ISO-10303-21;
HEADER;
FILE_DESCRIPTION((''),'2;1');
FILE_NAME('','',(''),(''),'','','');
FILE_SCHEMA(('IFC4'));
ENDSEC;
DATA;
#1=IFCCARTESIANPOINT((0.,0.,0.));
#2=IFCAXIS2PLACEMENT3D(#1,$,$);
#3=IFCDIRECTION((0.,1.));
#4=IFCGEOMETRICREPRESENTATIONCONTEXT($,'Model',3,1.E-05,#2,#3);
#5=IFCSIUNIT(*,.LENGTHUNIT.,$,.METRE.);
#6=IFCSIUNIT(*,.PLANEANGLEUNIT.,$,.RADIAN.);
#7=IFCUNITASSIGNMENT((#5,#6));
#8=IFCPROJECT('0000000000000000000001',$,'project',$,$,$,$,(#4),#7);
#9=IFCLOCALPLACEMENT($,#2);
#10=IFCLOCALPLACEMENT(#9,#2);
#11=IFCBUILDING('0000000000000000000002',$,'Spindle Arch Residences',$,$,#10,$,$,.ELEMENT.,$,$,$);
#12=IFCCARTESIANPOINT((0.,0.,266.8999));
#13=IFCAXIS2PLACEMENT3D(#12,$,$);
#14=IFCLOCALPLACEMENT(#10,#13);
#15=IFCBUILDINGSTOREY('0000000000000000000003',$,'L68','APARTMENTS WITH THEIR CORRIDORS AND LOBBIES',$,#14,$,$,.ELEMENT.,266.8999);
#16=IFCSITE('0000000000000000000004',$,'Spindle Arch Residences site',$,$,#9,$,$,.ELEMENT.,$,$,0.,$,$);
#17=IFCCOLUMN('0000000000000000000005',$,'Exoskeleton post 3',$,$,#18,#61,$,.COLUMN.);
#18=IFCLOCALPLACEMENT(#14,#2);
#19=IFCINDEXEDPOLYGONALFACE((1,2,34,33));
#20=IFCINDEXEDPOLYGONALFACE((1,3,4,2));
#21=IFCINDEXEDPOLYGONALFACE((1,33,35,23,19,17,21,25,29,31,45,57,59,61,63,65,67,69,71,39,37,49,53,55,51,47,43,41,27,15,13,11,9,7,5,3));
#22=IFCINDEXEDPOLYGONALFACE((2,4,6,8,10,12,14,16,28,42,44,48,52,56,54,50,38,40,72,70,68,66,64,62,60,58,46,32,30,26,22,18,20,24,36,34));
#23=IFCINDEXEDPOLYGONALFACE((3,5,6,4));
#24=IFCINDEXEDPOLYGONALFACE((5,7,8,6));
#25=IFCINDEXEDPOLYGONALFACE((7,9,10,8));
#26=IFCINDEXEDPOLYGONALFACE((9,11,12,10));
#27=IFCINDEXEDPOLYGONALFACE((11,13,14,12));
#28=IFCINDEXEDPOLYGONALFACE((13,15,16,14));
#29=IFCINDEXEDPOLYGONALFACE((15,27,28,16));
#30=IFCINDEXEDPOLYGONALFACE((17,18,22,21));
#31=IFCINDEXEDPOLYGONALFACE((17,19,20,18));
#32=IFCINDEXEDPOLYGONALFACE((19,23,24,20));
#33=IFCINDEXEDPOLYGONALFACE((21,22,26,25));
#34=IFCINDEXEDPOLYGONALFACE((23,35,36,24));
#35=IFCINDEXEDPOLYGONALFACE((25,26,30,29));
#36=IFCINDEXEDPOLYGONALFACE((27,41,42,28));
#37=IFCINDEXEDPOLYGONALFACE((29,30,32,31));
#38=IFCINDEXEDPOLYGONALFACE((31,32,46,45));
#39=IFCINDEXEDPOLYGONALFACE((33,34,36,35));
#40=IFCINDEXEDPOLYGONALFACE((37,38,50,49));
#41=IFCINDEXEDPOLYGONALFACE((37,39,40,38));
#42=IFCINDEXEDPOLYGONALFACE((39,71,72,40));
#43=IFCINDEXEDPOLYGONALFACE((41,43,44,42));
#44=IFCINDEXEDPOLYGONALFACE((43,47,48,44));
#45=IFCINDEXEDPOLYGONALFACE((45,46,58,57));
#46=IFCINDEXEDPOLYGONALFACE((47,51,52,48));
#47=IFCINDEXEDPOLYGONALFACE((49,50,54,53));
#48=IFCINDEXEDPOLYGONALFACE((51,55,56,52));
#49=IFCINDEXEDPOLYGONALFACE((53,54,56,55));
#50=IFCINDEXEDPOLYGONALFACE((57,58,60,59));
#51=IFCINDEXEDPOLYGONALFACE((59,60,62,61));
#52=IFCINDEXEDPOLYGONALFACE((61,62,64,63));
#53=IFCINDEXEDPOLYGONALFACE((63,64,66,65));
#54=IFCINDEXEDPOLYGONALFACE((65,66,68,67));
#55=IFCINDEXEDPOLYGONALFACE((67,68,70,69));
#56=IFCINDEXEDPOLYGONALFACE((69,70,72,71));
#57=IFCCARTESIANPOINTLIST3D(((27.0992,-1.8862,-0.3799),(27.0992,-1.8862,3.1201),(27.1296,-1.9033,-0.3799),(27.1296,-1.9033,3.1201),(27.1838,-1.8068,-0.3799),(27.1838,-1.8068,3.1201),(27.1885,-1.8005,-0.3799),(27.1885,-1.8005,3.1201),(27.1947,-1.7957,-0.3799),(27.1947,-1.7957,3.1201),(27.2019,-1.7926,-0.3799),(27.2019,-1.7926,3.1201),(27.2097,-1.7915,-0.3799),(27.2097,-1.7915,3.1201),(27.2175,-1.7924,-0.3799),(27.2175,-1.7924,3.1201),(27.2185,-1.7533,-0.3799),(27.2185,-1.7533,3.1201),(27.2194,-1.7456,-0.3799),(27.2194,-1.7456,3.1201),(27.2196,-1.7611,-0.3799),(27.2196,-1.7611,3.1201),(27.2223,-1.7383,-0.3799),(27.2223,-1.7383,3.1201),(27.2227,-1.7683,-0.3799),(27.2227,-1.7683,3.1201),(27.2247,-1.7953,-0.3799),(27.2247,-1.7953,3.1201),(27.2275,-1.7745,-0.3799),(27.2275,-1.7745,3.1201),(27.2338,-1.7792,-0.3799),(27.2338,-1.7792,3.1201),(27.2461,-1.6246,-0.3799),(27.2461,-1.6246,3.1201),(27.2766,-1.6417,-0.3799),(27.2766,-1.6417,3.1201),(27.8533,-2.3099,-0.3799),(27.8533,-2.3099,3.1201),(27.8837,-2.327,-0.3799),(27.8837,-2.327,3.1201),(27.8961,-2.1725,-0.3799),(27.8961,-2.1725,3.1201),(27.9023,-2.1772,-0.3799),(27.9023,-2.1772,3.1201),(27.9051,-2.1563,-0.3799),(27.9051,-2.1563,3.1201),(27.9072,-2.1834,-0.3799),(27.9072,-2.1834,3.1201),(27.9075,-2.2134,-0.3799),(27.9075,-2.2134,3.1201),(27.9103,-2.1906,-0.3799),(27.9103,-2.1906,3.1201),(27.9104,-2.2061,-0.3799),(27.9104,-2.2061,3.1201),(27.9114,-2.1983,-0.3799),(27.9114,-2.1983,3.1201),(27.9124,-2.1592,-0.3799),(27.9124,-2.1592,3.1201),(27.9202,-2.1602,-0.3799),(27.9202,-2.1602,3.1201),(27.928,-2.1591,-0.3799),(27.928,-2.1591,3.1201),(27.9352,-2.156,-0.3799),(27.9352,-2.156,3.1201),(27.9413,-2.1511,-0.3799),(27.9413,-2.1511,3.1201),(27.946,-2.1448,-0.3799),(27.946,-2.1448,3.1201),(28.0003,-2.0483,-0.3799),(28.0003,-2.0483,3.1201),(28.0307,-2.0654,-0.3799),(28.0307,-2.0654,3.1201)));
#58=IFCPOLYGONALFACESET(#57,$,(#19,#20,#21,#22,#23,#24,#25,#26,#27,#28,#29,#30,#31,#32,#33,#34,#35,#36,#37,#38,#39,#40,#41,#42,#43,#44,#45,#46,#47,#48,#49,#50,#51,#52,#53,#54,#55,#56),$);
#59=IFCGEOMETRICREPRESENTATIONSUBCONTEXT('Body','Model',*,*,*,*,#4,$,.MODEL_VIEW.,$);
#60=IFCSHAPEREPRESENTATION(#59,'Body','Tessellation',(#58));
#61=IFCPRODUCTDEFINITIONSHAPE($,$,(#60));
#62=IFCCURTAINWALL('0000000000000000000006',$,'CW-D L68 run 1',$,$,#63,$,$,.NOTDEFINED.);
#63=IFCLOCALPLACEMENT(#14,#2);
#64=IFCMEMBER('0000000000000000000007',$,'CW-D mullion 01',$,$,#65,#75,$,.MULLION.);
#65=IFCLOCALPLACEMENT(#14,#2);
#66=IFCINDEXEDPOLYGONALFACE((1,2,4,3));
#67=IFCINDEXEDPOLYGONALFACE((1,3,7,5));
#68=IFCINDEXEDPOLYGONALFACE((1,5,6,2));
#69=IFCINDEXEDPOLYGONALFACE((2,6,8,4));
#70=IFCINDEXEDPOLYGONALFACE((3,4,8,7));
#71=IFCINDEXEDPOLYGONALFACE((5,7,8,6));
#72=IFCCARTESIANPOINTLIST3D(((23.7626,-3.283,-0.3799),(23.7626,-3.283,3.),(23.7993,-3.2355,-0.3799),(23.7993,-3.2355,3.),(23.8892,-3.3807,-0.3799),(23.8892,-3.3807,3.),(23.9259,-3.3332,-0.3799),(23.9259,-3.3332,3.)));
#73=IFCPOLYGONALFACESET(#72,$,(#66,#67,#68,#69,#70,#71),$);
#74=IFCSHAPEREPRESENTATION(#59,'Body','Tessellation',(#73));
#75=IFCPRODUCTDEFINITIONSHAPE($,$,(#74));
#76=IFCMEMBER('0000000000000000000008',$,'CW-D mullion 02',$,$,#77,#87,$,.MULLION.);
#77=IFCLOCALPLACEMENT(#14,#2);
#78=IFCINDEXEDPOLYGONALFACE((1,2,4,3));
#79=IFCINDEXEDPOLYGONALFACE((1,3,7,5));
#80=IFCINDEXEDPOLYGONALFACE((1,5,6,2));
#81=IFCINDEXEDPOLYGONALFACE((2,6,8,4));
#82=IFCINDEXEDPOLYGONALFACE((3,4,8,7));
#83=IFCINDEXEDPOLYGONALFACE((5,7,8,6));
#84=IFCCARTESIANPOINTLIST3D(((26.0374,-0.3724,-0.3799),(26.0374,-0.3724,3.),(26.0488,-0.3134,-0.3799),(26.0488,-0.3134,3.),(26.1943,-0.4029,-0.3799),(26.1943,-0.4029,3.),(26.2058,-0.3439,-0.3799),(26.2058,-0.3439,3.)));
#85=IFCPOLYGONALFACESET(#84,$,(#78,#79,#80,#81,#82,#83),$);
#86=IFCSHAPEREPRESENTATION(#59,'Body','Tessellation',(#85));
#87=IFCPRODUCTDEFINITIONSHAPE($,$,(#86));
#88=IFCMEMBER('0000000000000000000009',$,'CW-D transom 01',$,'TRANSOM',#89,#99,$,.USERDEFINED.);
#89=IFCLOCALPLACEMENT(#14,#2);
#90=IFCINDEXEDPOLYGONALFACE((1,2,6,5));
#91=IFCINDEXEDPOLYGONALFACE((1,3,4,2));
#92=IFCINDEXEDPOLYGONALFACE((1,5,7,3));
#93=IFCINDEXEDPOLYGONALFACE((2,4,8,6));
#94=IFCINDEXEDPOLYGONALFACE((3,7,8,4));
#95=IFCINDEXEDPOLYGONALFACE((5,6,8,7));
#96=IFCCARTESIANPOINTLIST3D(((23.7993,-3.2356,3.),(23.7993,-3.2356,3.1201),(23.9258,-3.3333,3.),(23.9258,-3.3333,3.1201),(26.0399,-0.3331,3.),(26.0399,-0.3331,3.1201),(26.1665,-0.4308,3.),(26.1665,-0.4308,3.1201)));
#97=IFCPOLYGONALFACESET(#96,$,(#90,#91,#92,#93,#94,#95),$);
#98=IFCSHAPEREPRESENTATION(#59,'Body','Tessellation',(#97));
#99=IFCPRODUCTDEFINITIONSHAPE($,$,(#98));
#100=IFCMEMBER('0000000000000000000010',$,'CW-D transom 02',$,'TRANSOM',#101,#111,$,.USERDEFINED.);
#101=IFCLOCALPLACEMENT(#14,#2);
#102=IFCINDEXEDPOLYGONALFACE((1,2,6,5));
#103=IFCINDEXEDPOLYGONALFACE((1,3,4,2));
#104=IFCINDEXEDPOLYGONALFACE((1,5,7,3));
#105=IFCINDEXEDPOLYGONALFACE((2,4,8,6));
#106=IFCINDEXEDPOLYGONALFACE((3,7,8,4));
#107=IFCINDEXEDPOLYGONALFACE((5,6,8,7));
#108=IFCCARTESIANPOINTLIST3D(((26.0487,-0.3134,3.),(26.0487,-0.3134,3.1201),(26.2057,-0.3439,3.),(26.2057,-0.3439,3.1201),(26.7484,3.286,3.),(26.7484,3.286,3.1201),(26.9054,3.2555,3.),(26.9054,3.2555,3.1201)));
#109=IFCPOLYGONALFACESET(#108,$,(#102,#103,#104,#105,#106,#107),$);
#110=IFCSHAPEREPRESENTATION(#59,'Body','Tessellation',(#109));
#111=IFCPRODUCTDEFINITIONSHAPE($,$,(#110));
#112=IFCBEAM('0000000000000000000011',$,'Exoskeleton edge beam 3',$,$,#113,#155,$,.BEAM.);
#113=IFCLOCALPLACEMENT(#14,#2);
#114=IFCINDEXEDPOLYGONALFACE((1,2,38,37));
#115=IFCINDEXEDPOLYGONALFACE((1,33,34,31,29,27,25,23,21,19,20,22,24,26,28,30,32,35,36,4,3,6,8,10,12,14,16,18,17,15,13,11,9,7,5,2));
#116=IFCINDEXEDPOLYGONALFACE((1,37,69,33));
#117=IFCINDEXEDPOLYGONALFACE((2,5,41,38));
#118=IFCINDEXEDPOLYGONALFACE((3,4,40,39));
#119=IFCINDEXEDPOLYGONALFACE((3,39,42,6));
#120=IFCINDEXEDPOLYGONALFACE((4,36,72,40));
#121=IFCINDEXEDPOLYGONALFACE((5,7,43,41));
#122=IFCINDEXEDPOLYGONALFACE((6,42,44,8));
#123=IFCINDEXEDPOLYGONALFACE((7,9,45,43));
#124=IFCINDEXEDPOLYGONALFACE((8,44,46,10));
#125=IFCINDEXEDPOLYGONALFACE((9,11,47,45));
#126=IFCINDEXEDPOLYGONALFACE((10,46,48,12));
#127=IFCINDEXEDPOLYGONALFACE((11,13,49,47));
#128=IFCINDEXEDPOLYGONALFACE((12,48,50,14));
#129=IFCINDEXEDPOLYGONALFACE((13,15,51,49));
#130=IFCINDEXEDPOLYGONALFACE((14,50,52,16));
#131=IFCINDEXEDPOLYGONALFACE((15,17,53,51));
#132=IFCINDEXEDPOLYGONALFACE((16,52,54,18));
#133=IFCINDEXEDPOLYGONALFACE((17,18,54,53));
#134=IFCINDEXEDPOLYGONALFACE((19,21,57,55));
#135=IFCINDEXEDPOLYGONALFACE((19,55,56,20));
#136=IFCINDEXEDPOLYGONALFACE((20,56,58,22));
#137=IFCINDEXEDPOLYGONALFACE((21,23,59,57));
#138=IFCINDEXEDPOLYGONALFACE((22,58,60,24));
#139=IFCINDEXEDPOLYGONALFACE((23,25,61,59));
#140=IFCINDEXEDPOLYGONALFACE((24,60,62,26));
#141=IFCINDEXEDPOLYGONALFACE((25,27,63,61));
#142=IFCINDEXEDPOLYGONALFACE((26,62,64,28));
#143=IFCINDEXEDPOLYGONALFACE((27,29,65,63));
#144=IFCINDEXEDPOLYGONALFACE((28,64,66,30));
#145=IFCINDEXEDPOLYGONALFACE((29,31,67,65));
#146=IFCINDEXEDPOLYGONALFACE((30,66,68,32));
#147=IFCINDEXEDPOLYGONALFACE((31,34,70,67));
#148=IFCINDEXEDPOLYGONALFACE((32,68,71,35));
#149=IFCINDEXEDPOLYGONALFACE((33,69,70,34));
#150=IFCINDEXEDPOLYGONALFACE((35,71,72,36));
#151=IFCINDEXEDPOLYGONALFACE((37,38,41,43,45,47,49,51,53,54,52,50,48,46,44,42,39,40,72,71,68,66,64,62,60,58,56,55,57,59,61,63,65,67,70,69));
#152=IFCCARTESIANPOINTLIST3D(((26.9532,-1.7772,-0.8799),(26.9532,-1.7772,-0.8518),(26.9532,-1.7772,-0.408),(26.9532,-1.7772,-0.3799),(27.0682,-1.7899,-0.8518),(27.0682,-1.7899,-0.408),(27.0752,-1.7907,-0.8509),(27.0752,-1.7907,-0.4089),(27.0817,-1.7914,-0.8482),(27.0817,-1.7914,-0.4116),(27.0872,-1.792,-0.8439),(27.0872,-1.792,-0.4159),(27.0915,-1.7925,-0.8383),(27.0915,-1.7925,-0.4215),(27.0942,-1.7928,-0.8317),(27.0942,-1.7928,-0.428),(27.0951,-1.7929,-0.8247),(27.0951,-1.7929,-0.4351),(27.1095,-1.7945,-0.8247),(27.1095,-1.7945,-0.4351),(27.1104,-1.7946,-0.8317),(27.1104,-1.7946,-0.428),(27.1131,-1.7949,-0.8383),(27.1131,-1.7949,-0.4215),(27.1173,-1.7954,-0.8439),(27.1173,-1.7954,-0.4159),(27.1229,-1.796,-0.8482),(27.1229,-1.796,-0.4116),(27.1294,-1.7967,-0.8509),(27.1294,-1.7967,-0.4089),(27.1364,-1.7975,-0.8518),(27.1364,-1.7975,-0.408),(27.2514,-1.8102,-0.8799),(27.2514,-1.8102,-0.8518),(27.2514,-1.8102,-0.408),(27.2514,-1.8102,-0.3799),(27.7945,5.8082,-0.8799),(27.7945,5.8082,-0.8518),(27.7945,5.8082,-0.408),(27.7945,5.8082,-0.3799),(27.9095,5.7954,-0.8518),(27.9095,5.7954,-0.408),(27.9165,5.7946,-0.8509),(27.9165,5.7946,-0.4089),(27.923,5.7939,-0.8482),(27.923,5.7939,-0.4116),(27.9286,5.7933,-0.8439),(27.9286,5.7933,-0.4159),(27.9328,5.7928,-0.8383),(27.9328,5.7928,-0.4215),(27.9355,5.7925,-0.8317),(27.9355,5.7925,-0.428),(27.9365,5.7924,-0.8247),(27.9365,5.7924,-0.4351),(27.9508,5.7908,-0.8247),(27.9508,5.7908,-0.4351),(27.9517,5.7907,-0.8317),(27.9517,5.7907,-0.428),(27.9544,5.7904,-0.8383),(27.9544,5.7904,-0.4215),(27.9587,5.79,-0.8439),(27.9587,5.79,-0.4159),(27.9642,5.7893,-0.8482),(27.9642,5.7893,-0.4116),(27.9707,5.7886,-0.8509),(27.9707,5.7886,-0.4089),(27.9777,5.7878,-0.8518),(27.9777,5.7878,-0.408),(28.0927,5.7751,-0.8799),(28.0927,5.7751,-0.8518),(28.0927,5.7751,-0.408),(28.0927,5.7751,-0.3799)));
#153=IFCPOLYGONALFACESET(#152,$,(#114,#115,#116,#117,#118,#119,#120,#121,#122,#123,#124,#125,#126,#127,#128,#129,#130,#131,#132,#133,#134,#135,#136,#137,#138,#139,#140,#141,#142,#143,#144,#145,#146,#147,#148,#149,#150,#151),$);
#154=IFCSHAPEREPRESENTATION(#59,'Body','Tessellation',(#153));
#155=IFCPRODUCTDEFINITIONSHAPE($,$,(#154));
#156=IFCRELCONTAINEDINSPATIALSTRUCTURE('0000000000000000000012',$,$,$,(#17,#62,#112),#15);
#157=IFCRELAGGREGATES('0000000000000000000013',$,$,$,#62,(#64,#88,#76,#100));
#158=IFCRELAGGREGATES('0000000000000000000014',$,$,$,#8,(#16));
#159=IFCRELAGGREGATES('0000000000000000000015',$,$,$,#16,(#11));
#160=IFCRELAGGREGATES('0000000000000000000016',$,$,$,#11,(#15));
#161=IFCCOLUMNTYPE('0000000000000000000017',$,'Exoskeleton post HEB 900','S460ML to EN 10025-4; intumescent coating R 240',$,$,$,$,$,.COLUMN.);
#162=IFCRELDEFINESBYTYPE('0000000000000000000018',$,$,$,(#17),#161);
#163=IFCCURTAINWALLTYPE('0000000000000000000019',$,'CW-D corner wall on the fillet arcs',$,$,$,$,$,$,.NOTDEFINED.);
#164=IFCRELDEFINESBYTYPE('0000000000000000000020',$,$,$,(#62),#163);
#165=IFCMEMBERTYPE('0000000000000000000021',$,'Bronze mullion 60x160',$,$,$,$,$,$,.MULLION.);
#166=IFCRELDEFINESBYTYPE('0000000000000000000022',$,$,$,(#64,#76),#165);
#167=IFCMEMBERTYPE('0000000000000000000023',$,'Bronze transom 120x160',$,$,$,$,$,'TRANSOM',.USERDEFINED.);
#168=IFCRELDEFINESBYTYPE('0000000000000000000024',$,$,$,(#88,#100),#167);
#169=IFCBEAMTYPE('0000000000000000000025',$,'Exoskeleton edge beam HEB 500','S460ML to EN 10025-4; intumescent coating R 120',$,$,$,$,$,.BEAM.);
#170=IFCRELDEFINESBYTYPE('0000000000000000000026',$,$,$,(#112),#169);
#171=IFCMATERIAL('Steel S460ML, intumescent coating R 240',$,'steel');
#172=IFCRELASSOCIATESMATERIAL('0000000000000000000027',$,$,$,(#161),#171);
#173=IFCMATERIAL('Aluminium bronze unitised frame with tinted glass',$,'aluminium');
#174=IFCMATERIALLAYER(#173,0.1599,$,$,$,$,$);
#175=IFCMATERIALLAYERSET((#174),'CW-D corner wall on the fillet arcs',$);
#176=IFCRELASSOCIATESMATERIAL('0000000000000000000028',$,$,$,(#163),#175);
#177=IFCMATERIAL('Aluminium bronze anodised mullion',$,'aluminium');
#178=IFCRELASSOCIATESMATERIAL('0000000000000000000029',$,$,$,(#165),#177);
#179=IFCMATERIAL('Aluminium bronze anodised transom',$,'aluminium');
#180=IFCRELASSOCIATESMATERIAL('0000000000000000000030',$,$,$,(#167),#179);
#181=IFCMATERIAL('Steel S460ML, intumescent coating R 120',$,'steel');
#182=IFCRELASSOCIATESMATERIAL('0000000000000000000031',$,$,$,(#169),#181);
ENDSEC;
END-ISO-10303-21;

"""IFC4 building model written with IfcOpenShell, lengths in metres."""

from ifc_helpers import new_model, si_unit, direction, frame, origin, origin_2d, place, context, subcontext, project, spatial, rectangle, i_section, extrude, material, layer, layer_set, material_profile, profile_set, type_object, element, aggregate, save


model = new_model("IFC4")

# Units and contexts
model_context = context("Model", 3, precision=1e-05, world=origin(), true_north=direction((0.0, 1.0)))
body_context = subcontext(model_context, "Body", "Model", "MODEL_VIEW")
ifc_project = project(units=[si_unit("LENGTHUNIT", "METRE"), si_unit("PLANEANGLEUNIT", "RADIAN")], contexts=[model_context])

# Site, building, storey
site_placement = place(None, origin())
site = spatial("IfcSite", under=ifc_project, at=site_placement, Name="Spindle Arch Residences site", CompositionType="ELEMENT", RefElevation=0.0)
building_placement = place(site_placement, origin())
building = spatial("IfcBuilding", under=site, at=building_placement, Name="Spindle Arch Residences", CompositionType="ELEMENT")
storey_placement = place(building_placement, frame((0.0, 0.0, 266.8999)))
storey = spatial("IfcBuildingStorey", under=building, at=storey_placement, Name="L68", Description="APARTMENTS WITH THEIR CORRIDORS AND LOBBIES", CompositionType="ELEMENT", Elevation=266.8999)

# Column
ifc_material_1 = material(Name="Steel S460ML, intumescent coating R 240", Category="steel")
ifc_material_profile_1 = material_profile(ifc_material_1, i_section(OverallWidth=0.3, OverallDepth=0.8999, WebThickness=0.0186, FlangeThickness=0.0349, FilletRadius=0.03, at=origin_2d()), Name="HEB 900")
ifc_profile_set_1 = profile_set([ifc_material_profile_1], Name="Steel S460ML, intumescent coating R 240")
column_type = type_object("IfcColumnType", Name="Exoskeleton post HEB 900", Description="S460ML to EN 10025-4; intumescent coating R 240", PredefinedType="COLUMN", material=ifc_profile_set_1)
column_placement = place(storey_placement, frame((27.5649, -1.9758, -0.3799), z_axis=(0.0, 0.0, 1.0), x_axis=(-0.489802, -0.871834, 0.0)))
element("IfcColumn", 1, at=column_placement, inside=storey, type_object=column_type, Name="Exoskeleton post 3", PredefinedType="COLUMN", context=body_context, shape_type="SweptSolid", body=[
    extrude(i_section(OverallWidth=0.3, OverallDepth=0.8999, WebThickness=0.0186, FlangeThickness=0.0349, FilletRadius=0.03, at=origin_2d()), origin(), (0.0, 0.0, 1.0), 3.5),
])

# Curtain wall, members
ifc_material_2 = material(Name="Aluminium bronze unitised frame with tinted glass", Category="aluminium")
ifc_layer_1 = layer(ifc_material_2, 0.1599)
ifc_layer_set_1 = layer_set([ifc_layer_1], Name="CW-D corner wall on the fillet arcs")
curtain_wall_type = type_object("IfcCurtainWallType", Name="CW-D corner wall on the fillet arcs", PredefinedType="NOTDEFINED", material=ifc_layer_set_1)
curtain_wall_placement = place(storey_placement, origin())
curtain_wall = element("IfcCurtainWall", 2, at=curtain_wall_placement, inside=storey, type_object=curtain_wall_type, Name="CW-D L68 run 1", PredefinedType="NOTDEFINED")
ifc_material_3 = material(Name="Aluminium bronze anodised mullion", Category="aluminium")
ifc_material_profile_2 = material_profile(ifc_material_3, rectangle(XDim=0.1599, YDim=0.0601, at=origin_2d()), Name="MU 60x160")
ifc_profile_set_2 = profile_set([ifc_material_profile_2], Name="Aluminium bronze anodised mullion")
member_type_1 = type_object("IfcMemberType", Name="Bronze mullion 60x160", PredefinedType="MULLION", material=ifc_profile_set_2)
member_1_placement = place(storey_placement, frame((23.8442, -3.3081, -0.3799), z_axis=(0.0, 0.0, 1.0), x_axis=(-0.791579, 0.611067, 0.0)))
member_1 = element("IfcMember", 3, at=member_1_placement, type_object=member_type_1, Name="CW-D mullion 01", PredefinedType="MULLION", context=body_context, shape_type="SweptSolid", body=[
    extrude(rectangle(XDim=0.1599, YDim=0.0601, at=origin_2d()), origin(), (0.0, 0.0, 1.0), 3.3799),
])
member_2_placement = place(storey_placement, frame((26.1216, -0.3582, -0.3799), z_axis=(0.0, 0.0, 1.0), x_axis=(-0.981627, 0.190809, 0.0)))
member_2 = element("IfcMember", 4, at=member_2_placement, type_object=member_type_1, Name="CW-D mullion 02", PredefinedType="MULLION", context=body_context, shape_type="SweptSolid", body=[
    extrude(rectangle(XDim=0.1599, YDim=0.0601, at=origin_2d()), origin(), (0.0, 0.0, 1.0), 3.3799),
])
ifc_material_4 = material(Name="Aluminium bronze anodised transom", Category="aluminium")
ifc_material_profile_3 = material_profile(ifc_material_4, rectangle(XDim=0.1599, YDim=0.1201, at=origin_2d()), Name="TR 120x160")
ifc_profile_set_3 = profile_set([ifc_material_profile_3], Name="Aluminium bronze anodised transom")
member_type_2 = type_object("IfcMemberType", Name="Bronze transom 120x160", ElementType="TRANSOM", PredefinedType="USERDEFINED", material=ifc_profile_set_3)
member_3_placement = place(storey_placement, frame((23.8625, -3.2844, 3.0601), z_axis=(0.611074, 0.791573, 0.0), x_axis=(-0.791573, 0.611074, 0.0)))
member_3 = element("IfcMember", 5, at=member_3_placement, type_object=member_type_2, Name="CW-D transom 01", ObjectType="TRANSOM", PredefinedType="USERDEFINED", context=body_context, shape_type="SweptSolid", body=[
    extrude(rectangle(XDim=0.1599, YDim=0.1201, at=origin_2d()), origin(), (0.0, 0.0, 1.0), 3.6667),
])
member_4_placement = place(storey_placement, frame((26.1272, -0.3286, 3.0601), z_axis=(0.190825, 0.981624, 0.0), x_axis=(-0.981624, 0.190825, 0.0)))
member_4 = element("IfcMember", 6, at=member_4_placement, type_object=member_type_2, Name="CW-D transom 02", ObjectType="TRANSOM", PredefinedType="USERDEFINED", context=body_context, shape_type="SweptSolid", body=[
    extrude(rectangle(XDim=0.1599, YDim=0.1201, at=origin_2d()), origin(), (0.0, 0.0, 1.0), 3.6667),
])

# Beam
ifc_material_5 = material(Name="Steel S460ML, intumescent coating R 120", Category="steel")
ifc_material_profile_4 = material_profile(ifc_material_5, i_section(OverallWidth=0.3, OverallDepth=0.5, WebThickness=0.0144, FlangeThickness=0.0281, FilletRadius=0.0271, at=origin_2d()), Name="HEB 500")
ifc_profile_set_4 = profile_set([ifc_material_profile_4], Name="Steel S460ML, intumescent coating R 120")
beam_type_1 = type_object("IfcBeamType", Name="Exoskeleton edge beam HEB 500", Description="S460ML to EN 10025-4; intumescent coating R 120", PredefinedType="BEAM", material=ifc_profile_set_4)
beam_1_placement = place(storey_placement, frame((27.1023, -1.7937, -0.6299), z_axis=(0.110238, 0.993905, 0.0), x_axis=(-0.993905, 0.110238, 0.0)))
element("IfcBeam", 7, at=beam_1_placement, inside=storey, type_object=beam_type_1, Name="Exoskeleton edge beam 3", PredefinedType="BEAM", context=body_context, shape_type="SweptSolid", body=[
    extrude(i_section(OverallWidth=0.3, OverallDepth=0.5, WebThickness=0.0144, FlangeThickness=0.0281, FilletRadius=0.0271, at=origin_2d()), origin(), (0.0, 0.0, 1.0), 7.6318),
])

aggregate(curtain_wall, [member_1, member_3, member_2, member_4])

save(model, "model.ifc")
